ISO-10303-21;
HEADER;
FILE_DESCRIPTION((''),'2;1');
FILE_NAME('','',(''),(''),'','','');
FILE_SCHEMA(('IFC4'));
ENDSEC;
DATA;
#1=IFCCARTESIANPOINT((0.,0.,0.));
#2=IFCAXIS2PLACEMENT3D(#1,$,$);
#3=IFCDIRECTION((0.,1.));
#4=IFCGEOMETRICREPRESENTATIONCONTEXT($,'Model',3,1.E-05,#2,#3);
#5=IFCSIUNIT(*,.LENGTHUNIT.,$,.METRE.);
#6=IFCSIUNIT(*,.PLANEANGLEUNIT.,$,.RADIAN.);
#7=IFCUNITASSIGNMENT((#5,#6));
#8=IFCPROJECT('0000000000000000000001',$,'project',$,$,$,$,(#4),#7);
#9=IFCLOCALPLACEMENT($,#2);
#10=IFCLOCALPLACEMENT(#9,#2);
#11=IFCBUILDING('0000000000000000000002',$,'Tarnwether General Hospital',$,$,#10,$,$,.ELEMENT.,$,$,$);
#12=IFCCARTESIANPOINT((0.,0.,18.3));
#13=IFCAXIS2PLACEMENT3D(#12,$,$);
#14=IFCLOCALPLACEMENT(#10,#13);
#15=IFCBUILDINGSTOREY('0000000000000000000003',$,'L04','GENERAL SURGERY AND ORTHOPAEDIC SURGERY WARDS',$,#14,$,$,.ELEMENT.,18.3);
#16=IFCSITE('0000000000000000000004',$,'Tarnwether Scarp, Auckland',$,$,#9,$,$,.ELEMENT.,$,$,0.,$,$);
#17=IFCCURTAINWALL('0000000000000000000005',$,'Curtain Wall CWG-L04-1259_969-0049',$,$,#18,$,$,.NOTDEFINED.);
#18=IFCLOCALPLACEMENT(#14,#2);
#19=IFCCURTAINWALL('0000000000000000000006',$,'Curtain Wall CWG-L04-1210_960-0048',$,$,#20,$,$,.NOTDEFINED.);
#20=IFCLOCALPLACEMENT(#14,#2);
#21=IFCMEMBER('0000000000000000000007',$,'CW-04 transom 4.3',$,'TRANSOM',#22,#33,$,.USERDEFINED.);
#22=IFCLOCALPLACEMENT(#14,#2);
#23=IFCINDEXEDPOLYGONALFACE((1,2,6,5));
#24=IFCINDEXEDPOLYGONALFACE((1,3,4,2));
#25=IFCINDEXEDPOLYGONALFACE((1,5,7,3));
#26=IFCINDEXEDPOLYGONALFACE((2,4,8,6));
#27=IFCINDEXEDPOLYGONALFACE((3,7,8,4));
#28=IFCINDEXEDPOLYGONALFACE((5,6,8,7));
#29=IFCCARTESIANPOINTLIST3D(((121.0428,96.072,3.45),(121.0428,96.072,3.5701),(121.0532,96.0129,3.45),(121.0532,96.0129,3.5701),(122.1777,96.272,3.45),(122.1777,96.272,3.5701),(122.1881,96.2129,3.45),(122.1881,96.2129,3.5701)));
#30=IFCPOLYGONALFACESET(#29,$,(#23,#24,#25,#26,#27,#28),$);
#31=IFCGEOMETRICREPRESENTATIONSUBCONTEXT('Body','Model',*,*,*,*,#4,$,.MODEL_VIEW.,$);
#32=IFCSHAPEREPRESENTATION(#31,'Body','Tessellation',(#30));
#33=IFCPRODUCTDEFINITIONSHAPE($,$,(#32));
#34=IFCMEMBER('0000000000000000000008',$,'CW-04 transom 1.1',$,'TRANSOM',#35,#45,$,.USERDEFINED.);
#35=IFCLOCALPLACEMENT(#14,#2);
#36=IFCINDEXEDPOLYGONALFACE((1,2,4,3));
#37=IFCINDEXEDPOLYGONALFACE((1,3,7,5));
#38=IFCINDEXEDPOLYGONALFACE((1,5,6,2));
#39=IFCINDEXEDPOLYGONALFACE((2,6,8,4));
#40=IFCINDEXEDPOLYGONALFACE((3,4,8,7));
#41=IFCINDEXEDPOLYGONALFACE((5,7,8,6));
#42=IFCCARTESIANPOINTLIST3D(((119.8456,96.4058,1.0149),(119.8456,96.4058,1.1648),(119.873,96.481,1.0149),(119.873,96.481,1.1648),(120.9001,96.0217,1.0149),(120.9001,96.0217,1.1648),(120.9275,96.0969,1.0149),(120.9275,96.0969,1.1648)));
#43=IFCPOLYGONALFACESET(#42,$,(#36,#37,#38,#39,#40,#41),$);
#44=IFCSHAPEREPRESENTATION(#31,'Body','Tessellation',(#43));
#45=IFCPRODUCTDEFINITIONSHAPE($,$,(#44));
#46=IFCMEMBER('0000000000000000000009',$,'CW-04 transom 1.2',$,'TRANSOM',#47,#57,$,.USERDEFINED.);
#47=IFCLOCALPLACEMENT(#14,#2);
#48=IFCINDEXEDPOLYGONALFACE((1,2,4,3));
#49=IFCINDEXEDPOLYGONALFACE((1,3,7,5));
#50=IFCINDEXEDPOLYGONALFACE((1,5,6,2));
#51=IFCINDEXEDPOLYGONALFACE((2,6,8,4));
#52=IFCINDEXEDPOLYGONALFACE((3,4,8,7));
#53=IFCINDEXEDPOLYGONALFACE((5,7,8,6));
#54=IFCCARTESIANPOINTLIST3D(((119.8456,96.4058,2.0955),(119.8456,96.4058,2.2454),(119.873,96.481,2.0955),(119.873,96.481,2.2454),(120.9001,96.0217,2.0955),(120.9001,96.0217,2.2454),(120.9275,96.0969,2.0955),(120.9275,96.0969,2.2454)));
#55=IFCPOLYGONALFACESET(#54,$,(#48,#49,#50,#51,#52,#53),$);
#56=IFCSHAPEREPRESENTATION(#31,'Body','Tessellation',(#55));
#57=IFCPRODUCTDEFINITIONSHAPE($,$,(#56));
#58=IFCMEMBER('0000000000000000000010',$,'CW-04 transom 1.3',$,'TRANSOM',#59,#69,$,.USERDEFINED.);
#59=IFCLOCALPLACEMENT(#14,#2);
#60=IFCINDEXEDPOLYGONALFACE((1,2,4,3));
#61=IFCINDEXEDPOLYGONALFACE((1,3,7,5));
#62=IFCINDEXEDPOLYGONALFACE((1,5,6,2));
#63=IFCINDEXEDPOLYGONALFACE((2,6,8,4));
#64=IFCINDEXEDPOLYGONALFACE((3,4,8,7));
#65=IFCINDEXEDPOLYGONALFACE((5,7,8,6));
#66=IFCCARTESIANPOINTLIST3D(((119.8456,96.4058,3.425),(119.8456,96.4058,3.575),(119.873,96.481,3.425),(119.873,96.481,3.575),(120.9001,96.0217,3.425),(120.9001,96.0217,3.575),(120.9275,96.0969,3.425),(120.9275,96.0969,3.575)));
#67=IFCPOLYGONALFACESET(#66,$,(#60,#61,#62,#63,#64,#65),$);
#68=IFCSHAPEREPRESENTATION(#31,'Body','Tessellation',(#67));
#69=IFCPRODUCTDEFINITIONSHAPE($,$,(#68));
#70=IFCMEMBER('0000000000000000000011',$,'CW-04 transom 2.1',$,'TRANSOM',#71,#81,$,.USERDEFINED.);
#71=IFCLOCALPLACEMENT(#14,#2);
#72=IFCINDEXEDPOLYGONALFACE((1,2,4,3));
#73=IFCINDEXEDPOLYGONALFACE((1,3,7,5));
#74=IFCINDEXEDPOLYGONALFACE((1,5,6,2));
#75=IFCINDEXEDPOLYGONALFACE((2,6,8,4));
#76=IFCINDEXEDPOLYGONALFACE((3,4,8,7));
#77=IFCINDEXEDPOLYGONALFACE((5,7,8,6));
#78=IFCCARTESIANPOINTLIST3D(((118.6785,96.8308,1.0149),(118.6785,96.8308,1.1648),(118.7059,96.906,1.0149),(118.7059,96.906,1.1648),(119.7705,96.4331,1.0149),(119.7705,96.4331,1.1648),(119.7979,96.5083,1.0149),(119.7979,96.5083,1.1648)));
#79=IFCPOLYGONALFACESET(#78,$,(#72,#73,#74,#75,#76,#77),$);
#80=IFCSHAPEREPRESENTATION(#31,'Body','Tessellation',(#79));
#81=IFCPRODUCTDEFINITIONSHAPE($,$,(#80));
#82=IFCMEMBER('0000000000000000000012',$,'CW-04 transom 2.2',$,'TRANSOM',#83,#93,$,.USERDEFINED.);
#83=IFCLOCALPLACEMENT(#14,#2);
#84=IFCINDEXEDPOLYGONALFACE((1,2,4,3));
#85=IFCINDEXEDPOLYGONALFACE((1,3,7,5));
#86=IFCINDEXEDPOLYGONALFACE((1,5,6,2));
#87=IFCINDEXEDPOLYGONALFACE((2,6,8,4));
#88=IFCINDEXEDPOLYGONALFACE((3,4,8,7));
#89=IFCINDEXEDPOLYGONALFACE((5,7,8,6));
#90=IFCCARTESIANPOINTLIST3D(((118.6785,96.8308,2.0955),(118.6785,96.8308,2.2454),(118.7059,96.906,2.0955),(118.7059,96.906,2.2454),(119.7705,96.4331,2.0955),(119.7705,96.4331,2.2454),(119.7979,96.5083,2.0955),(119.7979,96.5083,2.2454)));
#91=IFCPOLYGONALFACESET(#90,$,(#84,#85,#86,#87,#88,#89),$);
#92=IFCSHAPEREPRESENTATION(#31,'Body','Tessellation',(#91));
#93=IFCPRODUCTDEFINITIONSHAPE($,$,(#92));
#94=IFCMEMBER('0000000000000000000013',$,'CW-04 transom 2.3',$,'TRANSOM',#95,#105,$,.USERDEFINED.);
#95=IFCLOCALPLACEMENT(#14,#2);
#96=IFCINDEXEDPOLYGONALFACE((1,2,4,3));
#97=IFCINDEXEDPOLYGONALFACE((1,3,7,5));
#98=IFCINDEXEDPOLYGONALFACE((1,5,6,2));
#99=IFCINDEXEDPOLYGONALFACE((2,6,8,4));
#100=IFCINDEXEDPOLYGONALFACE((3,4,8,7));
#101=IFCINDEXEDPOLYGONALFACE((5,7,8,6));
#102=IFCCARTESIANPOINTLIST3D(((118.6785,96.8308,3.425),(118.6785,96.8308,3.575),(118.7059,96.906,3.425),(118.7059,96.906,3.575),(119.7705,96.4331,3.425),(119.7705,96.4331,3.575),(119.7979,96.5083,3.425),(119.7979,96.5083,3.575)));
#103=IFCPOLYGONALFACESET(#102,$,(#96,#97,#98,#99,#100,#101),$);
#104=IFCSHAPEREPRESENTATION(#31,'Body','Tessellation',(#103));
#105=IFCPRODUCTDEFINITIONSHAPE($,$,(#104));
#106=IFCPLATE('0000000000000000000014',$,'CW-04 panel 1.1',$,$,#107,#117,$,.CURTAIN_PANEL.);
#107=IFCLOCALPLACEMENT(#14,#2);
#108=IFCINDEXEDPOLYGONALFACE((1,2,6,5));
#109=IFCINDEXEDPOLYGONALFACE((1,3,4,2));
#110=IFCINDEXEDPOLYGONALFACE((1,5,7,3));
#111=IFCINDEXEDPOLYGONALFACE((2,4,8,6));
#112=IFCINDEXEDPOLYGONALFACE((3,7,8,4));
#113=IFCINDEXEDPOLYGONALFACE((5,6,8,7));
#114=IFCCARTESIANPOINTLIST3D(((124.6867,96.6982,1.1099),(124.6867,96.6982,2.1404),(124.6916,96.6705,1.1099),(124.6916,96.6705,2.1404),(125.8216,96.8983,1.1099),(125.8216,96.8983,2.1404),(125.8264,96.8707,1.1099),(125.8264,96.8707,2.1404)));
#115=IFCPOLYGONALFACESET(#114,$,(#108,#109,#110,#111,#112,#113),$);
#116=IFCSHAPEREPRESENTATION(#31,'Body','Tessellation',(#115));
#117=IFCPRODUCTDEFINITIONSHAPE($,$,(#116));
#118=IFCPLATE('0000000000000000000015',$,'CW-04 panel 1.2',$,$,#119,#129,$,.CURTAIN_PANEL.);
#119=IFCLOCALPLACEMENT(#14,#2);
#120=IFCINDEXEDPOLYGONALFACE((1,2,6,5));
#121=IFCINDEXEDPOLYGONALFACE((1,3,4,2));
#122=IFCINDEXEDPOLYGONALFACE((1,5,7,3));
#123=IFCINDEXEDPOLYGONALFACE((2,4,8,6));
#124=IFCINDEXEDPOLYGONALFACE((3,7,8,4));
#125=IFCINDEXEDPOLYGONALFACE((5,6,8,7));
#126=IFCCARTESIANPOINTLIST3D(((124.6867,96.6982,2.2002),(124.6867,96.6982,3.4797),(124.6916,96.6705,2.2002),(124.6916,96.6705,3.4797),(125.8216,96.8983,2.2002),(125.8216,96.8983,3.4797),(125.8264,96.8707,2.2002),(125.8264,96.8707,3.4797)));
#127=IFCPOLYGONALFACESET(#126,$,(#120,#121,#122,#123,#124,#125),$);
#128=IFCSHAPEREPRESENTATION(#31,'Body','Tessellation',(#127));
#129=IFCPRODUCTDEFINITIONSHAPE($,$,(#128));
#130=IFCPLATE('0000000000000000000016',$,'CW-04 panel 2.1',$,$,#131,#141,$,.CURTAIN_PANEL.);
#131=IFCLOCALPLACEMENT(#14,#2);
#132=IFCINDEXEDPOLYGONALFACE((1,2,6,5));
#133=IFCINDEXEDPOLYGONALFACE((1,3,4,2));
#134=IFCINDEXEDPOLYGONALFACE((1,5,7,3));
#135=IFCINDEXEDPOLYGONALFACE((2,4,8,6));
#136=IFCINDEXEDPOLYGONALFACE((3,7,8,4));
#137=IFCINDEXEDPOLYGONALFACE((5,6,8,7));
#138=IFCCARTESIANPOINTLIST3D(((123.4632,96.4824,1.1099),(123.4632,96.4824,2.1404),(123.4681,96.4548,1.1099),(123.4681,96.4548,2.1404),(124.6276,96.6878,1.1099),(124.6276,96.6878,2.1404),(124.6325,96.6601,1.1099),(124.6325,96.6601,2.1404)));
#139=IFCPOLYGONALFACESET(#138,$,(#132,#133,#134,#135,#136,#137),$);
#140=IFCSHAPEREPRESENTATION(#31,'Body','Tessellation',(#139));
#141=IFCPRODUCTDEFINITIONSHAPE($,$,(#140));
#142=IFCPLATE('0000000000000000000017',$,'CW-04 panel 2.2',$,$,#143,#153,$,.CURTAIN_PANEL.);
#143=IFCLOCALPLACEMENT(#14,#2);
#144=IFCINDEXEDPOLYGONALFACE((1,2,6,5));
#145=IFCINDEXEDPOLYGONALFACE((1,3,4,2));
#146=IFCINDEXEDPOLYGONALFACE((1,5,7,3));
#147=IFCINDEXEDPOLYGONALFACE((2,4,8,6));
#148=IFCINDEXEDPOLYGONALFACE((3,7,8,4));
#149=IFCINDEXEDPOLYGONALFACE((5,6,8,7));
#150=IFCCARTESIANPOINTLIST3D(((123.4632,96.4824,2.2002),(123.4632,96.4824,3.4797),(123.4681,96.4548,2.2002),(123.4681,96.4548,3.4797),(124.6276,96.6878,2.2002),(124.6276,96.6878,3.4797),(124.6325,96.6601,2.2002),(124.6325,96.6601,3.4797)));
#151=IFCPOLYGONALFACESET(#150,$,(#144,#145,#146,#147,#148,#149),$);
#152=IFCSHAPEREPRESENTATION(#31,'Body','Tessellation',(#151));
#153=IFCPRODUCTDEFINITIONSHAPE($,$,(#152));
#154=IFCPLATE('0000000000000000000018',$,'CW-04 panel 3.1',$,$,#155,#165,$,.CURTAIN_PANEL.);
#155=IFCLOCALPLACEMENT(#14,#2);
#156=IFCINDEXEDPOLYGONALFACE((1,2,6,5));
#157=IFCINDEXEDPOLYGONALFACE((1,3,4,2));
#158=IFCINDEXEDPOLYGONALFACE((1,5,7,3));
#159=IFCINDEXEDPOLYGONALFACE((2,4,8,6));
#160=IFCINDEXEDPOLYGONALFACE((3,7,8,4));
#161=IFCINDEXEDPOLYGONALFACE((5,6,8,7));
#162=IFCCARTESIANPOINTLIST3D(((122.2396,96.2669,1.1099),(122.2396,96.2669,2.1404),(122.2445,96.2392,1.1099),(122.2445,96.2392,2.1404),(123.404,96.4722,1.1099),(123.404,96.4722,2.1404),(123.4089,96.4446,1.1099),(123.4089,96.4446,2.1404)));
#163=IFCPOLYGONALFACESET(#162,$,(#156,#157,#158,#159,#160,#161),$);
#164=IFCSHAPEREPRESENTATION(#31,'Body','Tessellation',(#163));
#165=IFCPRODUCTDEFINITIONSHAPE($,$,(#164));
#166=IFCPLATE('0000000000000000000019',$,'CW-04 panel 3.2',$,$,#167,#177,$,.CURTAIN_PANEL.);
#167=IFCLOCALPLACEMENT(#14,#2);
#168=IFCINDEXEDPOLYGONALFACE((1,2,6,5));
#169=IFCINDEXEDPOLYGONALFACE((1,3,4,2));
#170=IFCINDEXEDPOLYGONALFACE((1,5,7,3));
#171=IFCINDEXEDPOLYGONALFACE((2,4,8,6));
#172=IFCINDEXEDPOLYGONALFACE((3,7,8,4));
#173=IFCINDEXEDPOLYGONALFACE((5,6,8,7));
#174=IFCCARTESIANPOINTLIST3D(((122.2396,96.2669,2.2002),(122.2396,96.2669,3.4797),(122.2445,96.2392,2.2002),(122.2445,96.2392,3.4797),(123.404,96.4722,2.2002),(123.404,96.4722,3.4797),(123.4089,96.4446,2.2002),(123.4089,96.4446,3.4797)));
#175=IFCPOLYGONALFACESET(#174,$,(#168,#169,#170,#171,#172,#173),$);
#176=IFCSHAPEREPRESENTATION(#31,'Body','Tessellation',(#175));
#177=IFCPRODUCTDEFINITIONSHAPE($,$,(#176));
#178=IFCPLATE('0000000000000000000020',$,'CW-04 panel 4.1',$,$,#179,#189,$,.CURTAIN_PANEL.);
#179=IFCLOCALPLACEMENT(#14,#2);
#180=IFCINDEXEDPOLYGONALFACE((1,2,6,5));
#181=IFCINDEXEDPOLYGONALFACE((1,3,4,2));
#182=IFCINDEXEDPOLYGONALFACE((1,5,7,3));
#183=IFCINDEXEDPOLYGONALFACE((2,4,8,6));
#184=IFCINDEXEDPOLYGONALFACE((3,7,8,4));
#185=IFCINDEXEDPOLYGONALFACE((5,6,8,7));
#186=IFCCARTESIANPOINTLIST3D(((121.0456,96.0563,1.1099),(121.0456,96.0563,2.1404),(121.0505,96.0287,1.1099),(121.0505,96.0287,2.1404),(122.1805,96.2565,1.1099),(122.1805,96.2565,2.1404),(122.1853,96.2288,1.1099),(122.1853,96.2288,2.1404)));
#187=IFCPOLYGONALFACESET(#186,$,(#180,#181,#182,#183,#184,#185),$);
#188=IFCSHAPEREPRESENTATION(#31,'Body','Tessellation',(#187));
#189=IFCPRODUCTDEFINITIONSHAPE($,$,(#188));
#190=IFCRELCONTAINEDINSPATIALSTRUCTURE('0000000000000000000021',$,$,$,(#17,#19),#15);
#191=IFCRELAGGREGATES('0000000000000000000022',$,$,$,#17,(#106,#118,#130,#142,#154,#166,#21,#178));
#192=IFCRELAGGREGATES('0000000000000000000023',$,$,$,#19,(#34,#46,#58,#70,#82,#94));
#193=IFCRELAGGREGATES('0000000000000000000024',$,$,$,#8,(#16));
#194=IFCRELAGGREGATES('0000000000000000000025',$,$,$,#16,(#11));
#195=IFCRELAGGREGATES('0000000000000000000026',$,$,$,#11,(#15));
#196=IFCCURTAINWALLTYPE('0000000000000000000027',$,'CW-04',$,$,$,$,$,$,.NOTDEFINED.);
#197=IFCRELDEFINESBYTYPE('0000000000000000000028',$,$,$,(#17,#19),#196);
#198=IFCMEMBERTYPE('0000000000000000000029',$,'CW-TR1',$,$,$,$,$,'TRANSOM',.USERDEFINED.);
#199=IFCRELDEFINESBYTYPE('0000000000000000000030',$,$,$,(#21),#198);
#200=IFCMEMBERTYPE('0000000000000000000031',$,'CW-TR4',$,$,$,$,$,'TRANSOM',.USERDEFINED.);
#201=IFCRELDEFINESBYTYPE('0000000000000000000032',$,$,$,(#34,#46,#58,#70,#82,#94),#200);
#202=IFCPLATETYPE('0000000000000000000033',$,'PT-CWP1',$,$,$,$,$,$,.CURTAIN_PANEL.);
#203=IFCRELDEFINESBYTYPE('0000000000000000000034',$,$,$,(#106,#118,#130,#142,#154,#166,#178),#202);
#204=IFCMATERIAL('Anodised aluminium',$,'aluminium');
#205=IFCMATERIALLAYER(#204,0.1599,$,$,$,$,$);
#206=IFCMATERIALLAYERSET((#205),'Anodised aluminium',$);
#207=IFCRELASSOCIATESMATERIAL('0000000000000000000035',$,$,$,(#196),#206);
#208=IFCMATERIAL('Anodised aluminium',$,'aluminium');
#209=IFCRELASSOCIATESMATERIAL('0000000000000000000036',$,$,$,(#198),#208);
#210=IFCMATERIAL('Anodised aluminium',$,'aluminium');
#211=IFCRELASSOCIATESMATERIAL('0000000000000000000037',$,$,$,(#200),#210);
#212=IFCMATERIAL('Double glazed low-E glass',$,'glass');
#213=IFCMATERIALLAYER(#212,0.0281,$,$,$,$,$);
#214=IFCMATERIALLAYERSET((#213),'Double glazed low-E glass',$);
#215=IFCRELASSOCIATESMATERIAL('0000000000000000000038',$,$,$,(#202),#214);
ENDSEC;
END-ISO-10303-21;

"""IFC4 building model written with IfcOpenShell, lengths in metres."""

from ifc_helpers import new_model, si_unit, direction, frame, origin, origin_2d, place, context, subcontext, project, spatial, rectangle, extrude, material, layer, layer_set, material_profile, profile_set, type_object, element, aggregate, save


model = new_model("IFC4")

# Units and contexts
model_context = context("Model", 3, precision=1e-05, world=origin(), true_north=direction((0.0, 1.0)))
body_context = subcontext(model_context, "Body", "Model", "MODEL_VIEW")
ifc_project = project(units=[si_unit("LENGTHUNIT", "METRE"), si_unit("PLANEANGLEUNIT", "RADIAN")], contexts=[model_context])

# Site, building, storey
site_placement = place(None, origin())
site = spatial("IfcSite", under=ifc_project, at=site_placement, Name="Tarnwether Scarp, Auckland", CompositionType="ELEMENT", RefElevation=0.0)
building_placement = place(site_placement, origin())
building = spatial("IfcBuilding", under=site, at=building_placement, Name="Tarnwether General Hospital", CompositionType="ELEMENT")
storey_placement = place(building_placement, frame((0.0, 0.0, 18.3)))
storey = spatial("IfcBuildingStorey", under=building, at=storey_placement, Name="L04", Description="GENERAL SURGERY AND ORTHOPAEDIC SURGERY WARDS", CompositionType="ELEMENT", Elevation=18.3)

# Curtain walls
ifc_material_1 = material(Name="Anodised aluminium", Category="aluminium")
ifc_layer_1 = layer(ifc_material_1, 0.1599)
ifc_layer_set_1 = layer_set([ifc_layer_1], Name="Anodised aluminium")
curtain_wall_type = type_object("IfcCurtainWallType", Name="CW-04", PredefinedType="NOTDEFINED", material=ifc_layer_set_1)
curtain_wall_1_placement = place(storey_placement, origin())
curtain_wall_1 = element("IfcCurtainWall", 1, at=curtain_wall_1_placement, inside=storey, type_object=curtain_wall_type, Name="Curtain Wall CWG-L04-1259_969-0049", PredefinedType="NOTDEFINED")
curtain_wall_2_placement = place(storey_placement, origin())
curtain_wall_2 = element("IfcCurtainWall", 2, at=curtain_wall_2_placement, inside=storey, type_object=curtain_wall_type, Name="Curtain Wall CWG-L04-1210_960-0048", PredefinedType="NOTDEFINED")

# Members
ifc_material_2 = material(Name="Anodised aluminium", Category="aluminium")
ifc_material_profile_1 = material_profile(ifc_material_2, rectangle(XDim=0.0601, YDim=0.1201, at=origin_2d()), Name="ALU-TRN-60x120")
ifc_profile_set_1 = profile_set([ifc_material_profile_1], Name="Anodised aluminium")
member_type_1 = type_object("IfcMemberType", Name="CW-TR1", ElementType="TRANSOM", PredefinedType="USERDEFINED", material=ifc_profile_set_1)
member_1_placement = place(storey_placement, frame((122.1829, 96.2424, 3.51), z_axis=(-0.984828, -0.173531, 0.0), x_axis=(0.173531, -0.984828, 0.0)))
member_1 = element("IfcMember", 3, at=member_1_placement, type_object=member_type_1, Name="CW-04 transom 4.3", ObjectType="TRANSOM", PredefinedType="USERDEFINED", context=body_context, shape_type="SweptSolid", body=[
    extrude(rectangle(XDim=0.0601, YDim=0.1201, at=origin_2d()), origin(), (0.0, 0.0, 1.0), 1.1523),
])
ifc_material_3 = material(Name="Anodised aluminium", Category="aluminium")
ifc_material_profile_2 = material_profile(ifc_material_3, rectangle(XDim=0.0801, YDim=0.1499, at=origin_2d()), Name="ALU-TRN-80x150")
ifc_profile_set_2 = profile_set([ifc_material_profile_2], Name="Anodised aluminium")
member_type_2 = type_object("IfcMemberType", Name="CW-TR4", ElementType="TRANSOM", PredefinedType="USERDEFINED", material=ifc_profile_set_2)
member_2_placement = place(storey_placement, frame((120.9138, 96.0593, 1.0898), z_axis=(-0.939622, 0.342215, 0.0), x_axis=(-0.342215, -0.939622, 0.0)))
member_2 = element("IfcMember", 4, at=member_2_placement, type_object=member_type_2, Name="CW-04 transom 1.1", ObjectType="TRANSOM", PredefinedType="USERDEFINED", context=body_context, shape_type="SweptSolid", body=[
    extrude(rectangle(XDim=0.0801, YDim=0.1499, at=origin_2d()), origin(), (0.0, 0.0, 1.0), 1.1223),
])
member_3_placement = place(storey_placement, frame((120.9138, 96.0593, 2.1704), z_axis=(-0.939622, 0.342215, 0.0), x_axis=(-0.342215, -0.939622, 0.0)))
member_3 = element("IfcMember", 5, at=member_3_placement, type_object=member_type_2, Name="CW-04 transom 1.2", ObjectType="TRANSOM", PredefinedType="USERDEFINED", context=body_context, shape_type="SweptSolid", body=[
    extrude(rectangle(XDim=0.0801, YDim=0.1499, at=origin_2d()), origin(), (0.0, 0.0, 1.0), 1.1223),
])
member_4_placement = place(storey_placement, frame((120.9138, 96.0593, 3.5), z_axis=(-0.939622, 0.342215, 0.0), x_axis=(-0.342215, -0.939622, 0.0)))
member_4 = element("IfcMember", 6, at=member_4_placement, type_object=member_type_2, Name="CW-04 transom 1.3", ObjectType="TRANSOM", PredefinedType="USERDEFINED", context=body_context, shape_type="SweptSolid", body=[
    extrude(rectangle(XDim=0.0801, YDim=0.1499, at=origin_2d()), origin(), (0.0, 0.0, 1.0), 1.1223),
])
member_5_placement = place(storey_placement, frame((119.7842, 96.4707, 1.0898), z_axis=(-0.939628, 0.342198, 0.0), x_axis=(-0.342198, -0.939628, 0.0)))
member_5 = element("IfcMember", 7, at=member_5_placement, type_object=member_type_2, Name="CW-04 transom 2.1", ObjectType="TRANSOM", PredefinedType="USERDEFINED", context=body_context, shape_type="SweptSolid", body=[
    extrude(rectangle(XDim=0.0801, YDim=0.1499, at=origin_2d()), origin(), (0.0, 0.0, 1.0), 1.1621),
])
member_6_placement = place(storey_placement, frame((119.7842, 96.4707, 2.1704), z_axis=(-0.939628, 0.342198, 0.0), x_axis=(-0.342198, -0.939628, 0.0)))
member_6 = element("IfcMember", 8, at=member_6_placement, type_object=member_type_2, Name="CW-04 transom 2.2", ObjectType="TRANSOM", PredefinedType="USERDEFINED", context=body_context, shape_type="SweptSolid", body=[
    extrude(rectangle(XDim=0.0801, YDim=0.1499, at=origin_2d()), origin(), (0.0, 0.0, 1.0), 1.1621),
])
member_7_placement = place(storey_placement, frame((119.7842, 96.4707, 3.5), z_axis=(-0.939628, 0.342198, 0.0), x_axis=(-0.342198, -0.939628, 0.0)))
member_7 = element("IfcMember", 9, at=member_7_placement, type_object=member_type_2, Name="CW-04 transom 2.3", ObjectType="TRANSOM", PredefinedType="USERDEFINED", context=body_context, shape_type="SweptSolid", body=[
    extrude(rectangle(XDim=0.0801, YDim=0.1499, at=origin_2d()), origin(), (0.0, 0.0, 1.0), 1.1621),
])

# Plates
ifc_material_4 = material(Name="Double glazed low-E glass", Category="glass")
ifc_layer_2 = layer(ifc_material_4, 0.0281)
ifc_layer_set_2 = layer_set([ifc_layer_2], Name="Double glazed low-E glass")
plate_type_1 = type_object("IfcPlateType", Name="PT-CWP1", PredefinedType="CURTAIN_PANEL", material=ifc_layer_set_2)
plate_1_placement = place(storey_placement, frame((125.2566, 96.7844, 1.1099), z_axis=(0.0, 0.0, 1.0), x_axis=(-0.984806, -0.173659, 0.0)))
plate_1 = element("IfcPlate", 10, at=plate_1_placement, type_object=plate_type_1, Name="CW-04 panel 1.1", PredefinedType="CURTAIN_PANEL", context=body_context, shape_type="SweptSolid", body=[
    extrude(rectangle(XDim=1.1523, YDim=0.0281, at=origin_2d()), origin(), (0.0, 0.0, 1.0), 1.0305),
])
plate_2_placement = place(storey_placement, frame((125.2566, 96.7844, 2.2002), z_axis=(0.0, 0.0, 1.0), x_axis=(-0.984806, -0.173659, 0.0)))
plate_2 = element("IfcPlate", 11, at=plate_2_placement, type_object=plate_type_1, Name="CW-04 panel 1.2", PredefinedType="CURTAIN_PANEL", context=body_context, shape_type="SweptSolid", body=[
    extrude(rectangle(XDim=1.1523, YDim=0.0281, at=origin_2d()), origin(), (0.0, 0.0, 1.0), 1.2795),
])
plate_3_placement = place(storey_placement, frame((124.0479, 96.5713, 1.1099), z_axis=(0.0, 0.0, 1.0), x_axis=(-0.984806, -0.173659, 0.0)))
plate_3 = element("IfcPlate", 12, at=plate_3_placement, type_object=plate_type_1, Name="CW-04 panel 2.1", PredefinedType="CURTAIN_PANEL", context=body_context, shape_type="SweptSolid", body=[
    extrude(rectangle(XDim=1.1824, YDim=0.0281, at=origin_2d()), origin(), (0.0, 0.0, 1.0), 1.0305),
])
plate_4_placement = place(storey_placement, frame((124.0479, 96.5713, 2.2002), z_axis=(0.0, 0.0, 1.0), x_axis=(-0.984806, -0.173659, 0.0)))
plate_4 = element("IfcPlate", 13, at=plate_4_placement, type_object=plate_type_1, Name="CW-04 panel 2.2", PredefinedType="CURTAIN_PANEL", context=body_context, shape_type="SweptSolid", body=[
    extrude(rectangle(XDim=1.1824, YDim=0.0281, at=origin_2d()), origin(), (0.0, 0.0, 1.0), 1.2795),
])
plate_5_placement = place(storey_placement, frame((122.8242, 96.3557, 1.1099), z_axis=(0.0, 0.0, 1.0), x_axis=(-0.984806, -0.173659, 0.0)))
plate_5 = element("IfcPlate", 14, at=plate_5_placement, type_object=plate_type_1, Name="CW-04 panel 3.1", PredefinedType="CURTAIN_PANEL", context=body_context, shape_type="SweptSolid", body=[
    extrude(rectangle(XDim=1.1824, YDim=0.0281, at=origin_2d()), origin(), (0.0, 0.0, 1.0), 1.0305),
])
plate_6_placement = place(storey_placement, frame((122.8242, 96.3557, 2.2002), z_axis=(0.0, 0.0, 1.0), x_axis=(-0.984806, -0.173659, 0.0)))
plate_6 = element("IfcPlate", 15, at=plate_6_placement, type_object=plate_type_1, Name="CW-04 panel 3.2", PredefinedType="CURTAIN_PANEL", context=body_context, shape_type="SweptSolid", body=[
    extrude(rectangle(XDim=1.1824, YDim=0.0281, at=origin_2d()), origin(), (0.0, 0.0, 1.0), 1.2795),
])
plate_7_placement = place(storey_placement, frame((121.6155, 96.1426, 1.1099), z_axis=(0.0, 0.0, 1.0), x_axis=(-0.984806, -0.173659, 0.0)))
plate_7 = element("IfcPlate", 16, at=plate_7_placement, type_object=plate_type_1, Name="CW-04 panel 4.1", PredefinedType="CURTAIN_PANEL", context=body_context, shape_type="SweptSolid", body=[
    extrude(rectangle(XDim=1.1523, YDim=0.0281, at=origin_2d()), origin(), (0.0, 0.0, 1.0), 1.0305),
])
aggregate(curtain_wall_1, [plate_1, plate_2, plate_3, plate_4, plate_5, plate_6, member_1, plate_7])
aggregate(curtain_wall_2, [member_2, member_3, member_4, member_5, member_6, member_7])

save(model, "model.ifc")
